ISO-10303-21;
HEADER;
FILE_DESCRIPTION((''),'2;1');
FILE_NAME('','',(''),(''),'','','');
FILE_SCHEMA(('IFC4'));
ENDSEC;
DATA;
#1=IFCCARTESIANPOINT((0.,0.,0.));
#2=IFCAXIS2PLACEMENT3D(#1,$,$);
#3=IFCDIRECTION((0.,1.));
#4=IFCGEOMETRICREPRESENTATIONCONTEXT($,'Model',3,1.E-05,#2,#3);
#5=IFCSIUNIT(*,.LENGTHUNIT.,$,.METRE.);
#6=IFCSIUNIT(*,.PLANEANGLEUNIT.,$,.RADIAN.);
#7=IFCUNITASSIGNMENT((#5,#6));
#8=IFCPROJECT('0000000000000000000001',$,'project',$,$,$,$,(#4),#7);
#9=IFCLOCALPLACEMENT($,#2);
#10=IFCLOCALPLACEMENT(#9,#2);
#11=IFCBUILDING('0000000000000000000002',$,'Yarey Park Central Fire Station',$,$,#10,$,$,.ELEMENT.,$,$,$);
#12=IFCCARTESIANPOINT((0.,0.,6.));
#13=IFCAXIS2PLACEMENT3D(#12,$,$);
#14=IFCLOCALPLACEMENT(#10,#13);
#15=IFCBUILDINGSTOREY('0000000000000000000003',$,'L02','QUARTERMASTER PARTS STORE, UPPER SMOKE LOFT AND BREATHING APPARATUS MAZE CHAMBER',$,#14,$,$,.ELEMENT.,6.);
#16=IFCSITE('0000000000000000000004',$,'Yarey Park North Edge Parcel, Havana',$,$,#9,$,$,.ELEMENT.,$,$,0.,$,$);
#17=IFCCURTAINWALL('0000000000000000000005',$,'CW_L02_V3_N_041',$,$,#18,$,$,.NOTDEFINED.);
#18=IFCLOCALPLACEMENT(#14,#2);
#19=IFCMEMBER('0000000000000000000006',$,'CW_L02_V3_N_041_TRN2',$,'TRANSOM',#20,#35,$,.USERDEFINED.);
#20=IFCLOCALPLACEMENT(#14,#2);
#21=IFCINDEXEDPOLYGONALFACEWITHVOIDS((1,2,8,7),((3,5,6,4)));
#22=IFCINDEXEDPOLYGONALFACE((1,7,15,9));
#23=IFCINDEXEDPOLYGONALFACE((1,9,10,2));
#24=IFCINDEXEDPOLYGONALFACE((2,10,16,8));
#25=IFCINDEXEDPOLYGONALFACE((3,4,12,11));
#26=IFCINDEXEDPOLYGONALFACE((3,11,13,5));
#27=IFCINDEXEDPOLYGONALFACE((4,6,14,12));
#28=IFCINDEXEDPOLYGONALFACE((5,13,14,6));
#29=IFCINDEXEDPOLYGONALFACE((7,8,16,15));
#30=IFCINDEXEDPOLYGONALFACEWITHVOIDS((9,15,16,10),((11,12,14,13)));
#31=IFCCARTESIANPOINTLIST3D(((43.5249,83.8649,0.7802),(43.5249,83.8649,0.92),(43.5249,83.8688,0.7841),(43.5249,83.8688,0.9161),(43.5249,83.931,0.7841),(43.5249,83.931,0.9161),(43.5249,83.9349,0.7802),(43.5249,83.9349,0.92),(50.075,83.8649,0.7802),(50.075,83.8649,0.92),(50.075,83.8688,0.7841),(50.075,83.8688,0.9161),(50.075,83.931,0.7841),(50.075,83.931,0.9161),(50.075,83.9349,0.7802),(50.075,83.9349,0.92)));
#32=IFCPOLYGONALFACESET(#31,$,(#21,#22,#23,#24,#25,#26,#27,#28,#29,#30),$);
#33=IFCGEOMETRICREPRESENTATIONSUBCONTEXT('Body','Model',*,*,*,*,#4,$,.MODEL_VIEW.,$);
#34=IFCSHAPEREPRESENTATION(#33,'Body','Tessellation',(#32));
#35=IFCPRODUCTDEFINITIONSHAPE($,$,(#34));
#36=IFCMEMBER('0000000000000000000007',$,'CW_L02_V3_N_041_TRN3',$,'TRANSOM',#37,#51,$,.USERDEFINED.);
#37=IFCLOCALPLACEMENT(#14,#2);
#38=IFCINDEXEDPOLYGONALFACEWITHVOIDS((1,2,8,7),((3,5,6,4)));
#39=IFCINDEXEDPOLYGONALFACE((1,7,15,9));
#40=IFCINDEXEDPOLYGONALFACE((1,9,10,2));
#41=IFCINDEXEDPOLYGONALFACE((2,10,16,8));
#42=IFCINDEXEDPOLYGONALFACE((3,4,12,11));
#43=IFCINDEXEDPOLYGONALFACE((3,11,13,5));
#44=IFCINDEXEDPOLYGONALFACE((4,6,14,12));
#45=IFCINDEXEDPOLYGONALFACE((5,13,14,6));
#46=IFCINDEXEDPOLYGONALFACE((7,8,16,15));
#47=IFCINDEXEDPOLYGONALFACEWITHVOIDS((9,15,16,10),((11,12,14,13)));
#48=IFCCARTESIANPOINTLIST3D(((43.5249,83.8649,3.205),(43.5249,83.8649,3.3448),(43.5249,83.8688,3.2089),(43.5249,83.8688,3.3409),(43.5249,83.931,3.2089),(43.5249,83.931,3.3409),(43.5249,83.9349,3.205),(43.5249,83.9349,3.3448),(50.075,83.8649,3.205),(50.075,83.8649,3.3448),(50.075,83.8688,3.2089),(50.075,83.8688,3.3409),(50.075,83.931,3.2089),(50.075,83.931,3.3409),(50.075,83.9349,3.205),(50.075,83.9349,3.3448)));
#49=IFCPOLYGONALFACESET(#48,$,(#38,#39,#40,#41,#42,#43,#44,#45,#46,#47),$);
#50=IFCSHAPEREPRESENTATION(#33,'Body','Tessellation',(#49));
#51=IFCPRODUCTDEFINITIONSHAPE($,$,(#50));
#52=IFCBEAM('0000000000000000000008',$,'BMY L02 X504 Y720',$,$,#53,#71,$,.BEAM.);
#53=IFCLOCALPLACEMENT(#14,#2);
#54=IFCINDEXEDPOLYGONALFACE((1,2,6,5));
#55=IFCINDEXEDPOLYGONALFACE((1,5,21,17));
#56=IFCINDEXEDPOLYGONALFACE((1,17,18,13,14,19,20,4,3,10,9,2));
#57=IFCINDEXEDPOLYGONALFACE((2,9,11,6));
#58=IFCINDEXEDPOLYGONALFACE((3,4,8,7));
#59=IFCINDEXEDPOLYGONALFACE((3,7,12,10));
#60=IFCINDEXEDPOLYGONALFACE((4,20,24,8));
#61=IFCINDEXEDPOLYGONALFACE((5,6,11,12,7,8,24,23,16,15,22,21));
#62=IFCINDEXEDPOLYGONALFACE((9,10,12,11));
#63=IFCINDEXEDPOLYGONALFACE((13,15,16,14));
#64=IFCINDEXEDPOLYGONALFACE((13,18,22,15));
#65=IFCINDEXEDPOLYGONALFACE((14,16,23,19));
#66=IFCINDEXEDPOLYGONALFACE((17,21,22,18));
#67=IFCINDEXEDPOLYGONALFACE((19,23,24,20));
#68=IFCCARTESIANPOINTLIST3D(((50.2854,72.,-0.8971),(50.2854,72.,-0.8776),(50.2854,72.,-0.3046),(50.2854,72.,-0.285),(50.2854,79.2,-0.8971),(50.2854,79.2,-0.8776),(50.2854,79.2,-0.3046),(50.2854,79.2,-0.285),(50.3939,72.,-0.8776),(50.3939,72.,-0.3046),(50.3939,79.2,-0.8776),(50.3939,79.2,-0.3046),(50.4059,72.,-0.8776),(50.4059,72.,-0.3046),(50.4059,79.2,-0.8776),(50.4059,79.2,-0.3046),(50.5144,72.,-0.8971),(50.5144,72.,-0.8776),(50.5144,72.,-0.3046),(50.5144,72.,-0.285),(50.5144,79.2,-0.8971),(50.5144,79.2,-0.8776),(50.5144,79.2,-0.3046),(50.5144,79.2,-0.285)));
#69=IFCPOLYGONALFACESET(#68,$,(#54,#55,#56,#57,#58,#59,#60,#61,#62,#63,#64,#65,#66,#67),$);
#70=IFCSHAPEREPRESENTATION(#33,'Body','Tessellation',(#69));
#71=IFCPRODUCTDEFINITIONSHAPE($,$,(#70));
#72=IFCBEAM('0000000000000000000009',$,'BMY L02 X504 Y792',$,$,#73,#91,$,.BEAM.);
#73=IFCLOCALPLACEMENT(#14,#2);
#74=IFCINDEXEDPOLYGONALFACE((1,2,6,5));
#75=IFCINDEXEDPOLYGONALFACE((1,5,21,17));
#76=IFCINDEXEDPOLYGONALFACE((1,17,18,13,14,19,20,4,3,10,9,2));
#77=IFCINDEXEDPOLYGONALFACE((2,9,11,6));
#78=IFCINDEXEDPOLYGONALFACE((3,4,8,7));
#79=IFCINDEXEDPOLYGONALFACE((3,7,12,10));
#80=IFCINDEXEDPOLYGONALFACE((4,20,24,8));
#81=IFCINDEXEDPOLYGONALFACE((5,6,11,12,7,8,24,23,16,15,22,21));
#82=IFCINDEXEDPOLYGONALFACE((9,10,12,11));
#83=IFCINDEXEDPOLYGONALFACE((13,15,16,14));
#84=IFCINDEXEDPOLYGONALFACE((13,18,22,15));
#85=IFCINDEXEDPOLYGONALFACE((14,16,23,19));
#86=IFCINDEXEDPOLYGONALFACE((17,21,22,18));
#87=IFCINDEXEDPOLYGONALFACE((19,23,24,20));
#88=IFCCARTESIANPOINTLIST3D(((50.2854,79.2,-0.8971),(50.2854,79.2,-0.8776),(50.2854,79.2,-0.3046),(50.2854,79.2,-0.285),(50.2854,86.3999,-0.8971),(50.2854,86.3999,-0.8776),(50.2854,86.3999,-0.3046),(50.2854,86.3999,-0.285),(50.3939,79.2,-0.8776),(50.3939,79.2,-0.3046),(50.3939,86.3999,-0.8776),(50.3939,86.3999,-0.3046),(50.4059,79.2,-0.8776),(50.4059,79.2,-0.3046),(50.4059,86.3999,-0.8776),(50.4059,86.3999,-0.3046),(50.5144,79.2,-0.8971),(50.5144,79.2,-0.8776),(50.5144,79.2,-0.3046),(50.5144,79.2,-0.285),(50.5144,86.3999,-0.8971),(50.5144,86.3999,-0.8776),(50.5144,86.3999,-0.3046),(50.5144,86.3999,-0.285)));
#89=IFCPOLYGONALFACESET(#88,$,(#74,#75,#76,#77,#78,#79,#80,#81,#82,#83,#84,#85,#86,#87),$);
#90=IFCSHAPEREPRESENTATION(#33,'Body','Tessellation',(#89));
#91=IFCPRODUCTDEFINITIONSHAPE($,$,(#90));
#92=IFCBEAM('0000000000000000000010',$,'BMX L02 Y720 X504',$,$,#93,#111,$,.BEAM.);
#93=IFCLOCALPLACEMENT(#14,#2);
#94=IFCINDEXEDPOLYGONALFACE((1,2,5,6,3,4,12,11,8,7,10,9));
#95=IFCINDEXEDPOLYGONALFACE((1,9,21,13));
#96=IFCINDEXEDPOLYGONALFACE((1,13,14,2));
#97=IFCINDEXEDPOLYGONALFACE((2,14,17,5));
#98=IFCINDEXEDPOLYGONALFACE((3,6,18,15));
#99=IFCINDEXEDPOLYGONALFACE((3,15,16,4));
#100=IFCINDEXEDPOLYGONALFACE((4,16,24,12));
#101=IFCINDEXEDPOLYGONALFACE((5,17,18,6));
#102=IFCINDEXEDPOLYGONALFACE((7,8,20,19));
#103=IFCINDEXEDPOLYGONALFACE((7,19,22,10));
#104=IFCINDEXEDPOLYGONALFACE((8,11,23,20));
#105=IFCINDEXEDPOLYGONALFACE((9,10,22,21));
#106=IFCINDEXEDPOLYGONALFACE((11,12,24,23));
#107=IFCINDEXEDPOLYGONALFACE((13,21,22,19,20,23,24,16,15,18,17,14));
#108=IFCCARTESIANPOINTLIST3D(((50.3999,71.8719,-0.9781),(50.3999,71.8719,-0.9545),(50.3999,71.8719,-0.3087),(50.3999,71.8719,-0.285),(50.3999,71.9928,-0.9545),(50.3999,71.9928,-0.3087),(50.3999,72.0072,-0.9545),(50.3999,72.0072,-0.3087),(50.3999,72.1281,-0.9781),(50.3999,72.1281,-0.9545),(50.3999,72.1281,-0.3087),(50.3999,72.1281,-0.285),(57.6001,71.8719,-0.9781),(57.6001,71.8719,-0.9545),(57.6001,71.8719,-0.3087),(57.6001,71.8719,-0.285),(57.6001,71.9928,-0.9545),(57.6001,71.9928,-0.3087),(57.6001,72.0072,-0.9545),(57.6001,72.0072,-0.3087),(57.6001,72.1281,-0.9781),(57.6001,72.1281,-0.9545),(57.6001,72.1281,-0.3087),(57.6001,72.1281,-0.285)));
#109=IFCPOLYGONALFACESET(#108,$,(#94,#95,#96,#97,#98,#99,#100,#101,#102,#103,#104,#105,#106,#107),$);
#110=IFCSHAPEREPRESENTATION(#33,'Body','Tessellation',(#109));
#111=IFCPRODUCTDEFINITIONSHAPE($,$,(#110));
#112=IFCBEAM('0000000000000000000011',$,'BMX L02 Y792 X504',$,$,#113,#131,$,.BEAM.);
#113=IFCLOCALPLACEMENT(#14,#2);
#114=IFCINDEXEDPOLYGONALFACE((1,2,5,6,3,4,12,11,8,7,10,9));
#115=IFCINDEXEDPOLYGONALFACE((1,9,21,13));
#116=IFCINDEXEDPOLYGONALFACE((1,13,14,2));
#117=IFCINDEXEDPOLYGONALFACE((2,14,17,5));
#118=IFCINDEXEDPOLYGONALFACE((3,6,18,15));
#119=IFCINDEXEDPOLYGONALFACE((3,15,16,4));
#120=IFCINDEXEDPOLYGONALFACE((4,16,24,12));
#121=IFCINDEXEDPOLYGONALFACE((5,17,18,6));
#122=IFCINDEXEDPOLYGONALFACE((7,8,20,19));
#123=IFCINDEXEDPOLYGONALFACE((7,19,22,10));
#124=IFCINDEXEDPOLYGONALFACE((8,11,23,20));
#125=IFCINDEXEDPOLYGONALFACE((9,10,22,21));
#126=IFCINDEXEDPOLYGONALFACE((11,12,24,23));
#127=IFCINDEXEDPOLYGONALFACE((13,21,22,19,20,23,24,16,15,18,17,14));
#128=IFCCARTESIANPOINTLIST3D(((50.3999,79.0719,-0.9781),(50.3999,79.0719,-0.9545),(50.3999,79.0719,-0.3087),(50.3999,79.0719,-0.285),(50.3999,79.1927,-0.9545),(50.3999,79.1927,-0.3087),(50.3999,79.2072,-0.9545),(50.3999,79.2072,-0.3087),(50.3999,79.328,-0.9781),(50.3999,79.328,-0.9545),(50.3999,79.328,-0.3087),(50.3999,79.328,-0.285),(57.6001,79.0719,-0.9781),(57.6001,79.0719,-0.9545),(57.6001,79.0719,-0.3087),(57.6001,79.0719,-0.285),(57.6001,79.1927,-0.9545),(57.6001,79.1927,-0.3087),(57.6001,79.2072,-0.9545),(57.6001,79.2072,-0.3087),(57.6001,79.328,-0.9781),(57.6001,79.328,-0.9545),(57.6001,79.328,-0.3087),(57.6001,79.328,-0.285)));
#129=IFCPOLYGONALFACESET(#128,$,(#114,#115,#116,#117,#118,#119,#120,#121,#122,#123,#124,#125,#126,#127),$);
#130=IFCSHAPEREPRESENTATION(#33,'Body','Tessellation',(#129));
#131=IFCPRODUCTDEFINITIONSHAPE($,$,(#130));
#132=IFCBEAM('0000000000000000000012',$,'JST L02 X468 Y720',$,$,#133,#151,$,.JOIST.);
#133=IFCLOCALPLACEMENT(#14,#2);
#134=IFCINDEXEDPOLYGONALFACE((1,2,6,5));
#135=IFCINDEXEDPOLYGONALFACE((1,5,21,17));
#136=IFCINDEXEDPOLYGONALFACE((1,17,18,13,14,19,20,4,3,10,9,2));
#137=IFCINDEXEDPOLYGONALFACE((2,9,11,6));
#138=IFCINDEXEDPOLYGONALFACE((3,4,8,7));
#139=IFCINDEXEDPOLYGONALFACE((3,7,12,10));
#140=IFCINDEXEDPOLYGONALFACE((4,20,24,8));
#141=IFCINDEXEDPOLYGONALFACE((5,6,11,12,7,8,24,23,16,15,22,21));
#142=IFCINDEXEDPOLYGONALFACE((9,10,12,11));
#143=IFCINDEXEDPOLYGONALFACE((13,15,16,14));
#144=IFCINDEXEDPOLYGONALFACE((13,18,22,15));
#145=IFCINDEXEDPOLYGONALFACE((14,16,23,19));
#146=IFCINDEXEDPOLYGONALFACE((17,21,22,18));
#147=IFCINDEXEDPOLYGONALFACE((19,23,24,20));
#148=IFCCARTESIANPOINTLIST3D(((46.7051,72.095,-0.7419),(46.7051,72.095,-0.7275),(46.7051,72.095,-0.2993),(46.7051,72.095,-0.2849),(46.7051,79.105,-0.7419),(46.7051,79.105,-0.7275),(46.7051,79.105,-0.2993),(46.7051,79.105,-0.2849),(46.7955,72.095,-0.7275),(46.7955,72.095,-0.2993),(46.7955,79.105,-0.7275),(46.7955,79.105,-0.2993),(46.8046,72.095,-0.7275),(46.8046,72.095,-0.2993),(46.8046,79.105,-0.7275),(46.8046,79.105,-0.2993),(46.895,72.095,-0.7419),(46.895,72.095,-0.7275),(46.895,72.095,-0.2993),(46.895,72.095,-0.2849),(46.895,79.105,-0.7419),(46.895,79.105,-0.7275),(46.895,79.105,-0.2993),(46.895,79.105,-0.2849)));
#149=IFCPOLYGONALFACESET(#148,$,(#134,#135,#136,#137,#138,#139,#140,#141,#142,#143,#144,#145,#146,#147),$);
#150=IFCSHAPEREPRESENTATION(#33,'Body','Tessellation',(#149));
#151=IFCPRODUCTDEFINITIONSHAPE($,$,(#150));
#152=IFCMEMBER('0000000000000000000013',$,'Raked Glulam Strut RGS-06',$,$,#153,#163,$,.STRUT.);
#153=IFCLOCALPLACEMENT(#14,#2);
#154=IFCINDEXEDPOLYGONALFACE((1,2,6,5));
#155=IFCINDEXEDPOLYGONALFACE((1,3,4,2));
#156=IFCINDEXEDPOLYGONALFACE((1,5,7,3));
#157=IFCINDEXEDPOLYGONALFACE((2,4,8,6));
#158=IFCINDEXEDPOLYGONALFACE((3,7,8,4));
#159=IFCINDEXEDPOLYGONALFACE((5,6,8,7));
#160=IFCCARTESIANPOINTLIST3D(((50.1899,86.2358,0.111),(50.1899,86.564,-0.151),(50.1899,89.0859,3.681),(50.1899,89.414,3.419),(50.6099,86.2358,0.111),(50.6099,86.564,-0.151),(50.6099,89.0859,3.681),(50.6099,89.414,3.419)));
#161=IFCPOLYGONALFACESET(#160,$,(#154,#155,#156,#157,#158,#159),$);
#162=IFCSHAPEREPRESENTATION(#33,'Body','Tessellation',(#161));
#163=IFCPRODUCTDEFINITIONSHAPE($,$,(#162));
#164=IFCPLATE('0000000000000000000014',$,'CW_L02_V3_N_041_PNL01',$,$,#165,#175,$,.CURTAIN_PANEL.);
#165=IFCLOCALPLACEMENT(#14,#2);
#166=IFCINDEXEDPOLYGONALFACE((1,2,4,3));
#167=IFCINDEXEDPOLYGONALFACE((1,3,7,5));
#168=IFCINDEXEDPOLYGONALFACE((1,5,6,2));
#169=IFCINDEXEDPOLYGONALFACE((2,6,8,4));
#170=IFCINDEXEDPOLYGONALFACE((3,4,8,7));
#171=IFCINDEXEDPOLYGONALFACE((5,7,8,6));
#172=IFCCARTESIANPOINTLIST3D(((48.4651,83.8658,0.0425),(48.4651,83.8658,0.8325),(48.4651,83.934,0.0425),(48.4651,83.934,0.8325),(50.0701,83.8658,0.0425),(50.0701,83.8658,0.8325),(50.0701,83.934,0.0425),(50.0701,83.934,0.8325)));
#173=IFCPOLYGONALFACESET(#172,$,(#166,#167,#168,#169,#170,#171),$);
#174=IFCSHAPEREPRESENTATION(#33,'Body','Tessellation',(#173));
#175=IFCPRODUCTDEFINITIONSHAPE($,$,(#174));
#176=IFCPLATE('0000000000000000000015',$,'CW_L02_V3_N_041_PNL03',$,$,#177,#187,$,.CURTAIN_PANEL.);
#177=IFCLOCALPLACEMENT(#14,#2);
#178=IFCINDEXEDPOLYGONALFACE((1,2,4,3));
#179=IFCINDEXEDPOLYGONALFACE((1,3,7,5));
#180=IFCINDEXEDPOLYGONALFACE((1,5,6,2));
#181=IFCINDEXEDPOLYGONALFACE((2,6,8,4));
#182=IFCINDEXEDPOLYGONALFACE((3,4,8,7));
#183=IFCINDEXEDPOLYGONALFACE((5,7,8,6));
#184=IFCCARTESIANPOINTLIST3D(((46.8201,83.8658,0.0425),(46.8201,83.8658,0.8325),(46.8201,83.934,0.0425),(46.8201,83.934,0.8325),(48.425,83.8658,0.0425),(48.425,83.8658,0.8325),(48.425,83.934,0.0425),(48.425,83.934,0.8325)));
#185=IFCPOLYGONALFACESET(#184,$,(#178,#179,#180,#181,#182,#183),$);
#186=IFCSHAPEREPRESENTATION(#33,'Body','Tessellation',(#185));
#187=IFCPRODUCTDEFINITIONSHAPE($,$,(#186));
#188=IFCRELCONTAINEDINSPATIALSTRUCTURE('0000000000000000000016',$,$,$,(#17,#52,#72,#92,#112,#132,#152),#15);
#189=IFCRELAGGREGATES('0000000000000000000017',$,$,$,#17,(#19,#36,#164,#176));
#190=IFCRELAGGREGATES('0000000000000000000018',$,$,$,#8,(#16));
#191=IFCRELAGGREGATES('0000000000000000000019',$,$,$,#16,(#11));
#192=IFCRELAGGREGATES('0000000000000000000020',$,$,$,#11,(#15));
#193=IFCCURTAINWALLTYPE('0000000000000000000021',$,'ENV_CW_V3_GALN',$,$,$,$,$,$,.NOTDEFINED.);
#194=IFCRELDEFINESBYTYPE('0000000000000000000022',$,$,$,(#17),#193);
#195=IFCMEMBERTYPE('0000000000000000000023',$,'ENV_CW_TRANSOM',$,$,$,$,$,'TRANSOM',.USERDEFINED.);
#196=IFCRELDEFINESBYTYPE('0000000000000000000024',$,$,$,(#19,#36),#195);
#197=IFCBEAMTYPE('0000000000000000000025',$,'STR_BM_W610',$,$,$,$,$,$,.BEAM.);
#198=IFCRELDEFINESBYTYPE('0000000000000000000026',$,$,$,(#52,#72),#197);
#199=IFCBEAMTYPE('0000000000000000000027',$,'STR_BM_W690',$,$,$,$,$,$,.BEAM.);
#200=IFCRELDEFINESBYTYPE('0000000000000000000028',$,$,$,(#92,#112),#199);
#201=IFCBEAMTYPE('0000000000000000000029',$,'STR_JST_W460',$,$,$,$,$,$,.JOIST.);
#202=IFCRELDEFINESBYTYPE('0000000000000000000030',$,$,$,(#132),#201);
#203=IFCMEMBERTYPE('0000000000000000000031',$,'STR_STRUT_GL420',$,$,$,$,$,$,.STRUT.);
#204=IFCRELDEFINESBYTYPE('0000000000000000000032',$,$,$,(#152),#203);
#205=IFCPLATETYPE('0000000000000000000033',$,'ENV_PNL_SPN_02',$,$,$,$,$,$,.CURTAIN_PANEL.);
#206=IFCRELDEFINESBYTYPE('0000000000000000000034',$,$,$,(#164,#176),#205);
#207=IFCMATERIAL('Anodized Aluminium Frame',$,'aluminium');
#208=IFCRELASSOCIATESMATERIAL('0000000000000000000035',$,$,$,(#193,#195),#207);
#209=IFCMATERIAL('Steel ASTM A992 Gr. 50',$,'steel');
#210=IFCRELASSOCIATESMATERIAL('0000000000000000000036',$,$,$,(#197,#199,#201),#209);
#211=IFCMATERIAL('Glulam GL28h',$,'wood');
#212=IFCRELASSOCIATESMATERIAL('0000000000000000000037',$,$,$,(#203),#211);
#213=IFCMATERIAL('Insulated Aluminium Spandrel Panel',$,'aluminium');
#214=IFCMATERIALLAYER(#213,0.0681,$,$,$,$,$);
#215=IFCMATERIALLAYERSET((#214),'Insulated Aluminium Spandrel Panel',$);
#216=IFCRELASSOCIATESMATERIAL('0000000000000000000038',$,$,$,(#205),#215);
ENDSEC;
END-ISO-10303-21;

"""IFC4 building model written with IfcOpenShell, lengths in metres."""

from ifc_helpers import new_model, si_unit, direction, frame, origin, origin_2d, place, context, subcontext, project, spatial, rectangle, hollow_rectangle, i_section, extrude, material, layer, layer_set, material_profile, profile_set, type_object, element, aggregate, save


model = new_model("IFC4")

# Units and contexts
model_context = context("Model", 3, precision=1e-05, world=origin(), true_north=direction((0.0, 1.0)))
body_context = subcontext(model_context, "Body", "Model", "MODEL_VIEW")
ifc_project = project(units=[si_unit("LENGTHUNIT", "METRE"), si_unit("PLANEANGLEUNIT", "RADIAN")], contexts=[model_context])

# Site, building, storey
site_placement = place(None, origin())
site = spatial("IfcSite", under=ifc_project, at=site_placement, Name="Yarey Park North Edge Parcel, Havana", CompositionType="ELEMENT", RefElevation=0.0)
building_placement = place(site_placement, origin())
building = spatial("IfcBuilding", under=site, at=building_placement, Name="Yarey Park Central Fire Station", CompositionType="ELEMENT")
storey_placement = place(building_placement, frame((0.0, 0.0, 6.0)))
storey = spatial("IfcBuildingStorey", under=building, at=storey_placement, Name="L02", Description="QUARTERMASTER PARTS STORE, UPPER SMOKE LOFT AND BREATHING APPARATUS MAZE CHAMBER", CompositionType="ELEMENT", Elevation=6.0)

# Shared definitions
ifc_material_1 = material(Name="Steel ASTM A992 Gr. 50", Category="steel")

# Curtain wall
ifc_material_2 = material(Name="Anodized Aluminium Frame", Category="aluminium")
curtain_wall_type = type_object("IfcCurtainWallType", Name="ENV_CW_V3_GALN", PredefinedType="NOTDEFINED", material=ifc_material_2)
curtain_wall_1_placement = place(storey_placement, origin())
curtain_wall_1 = element("IfcCurtainWall", 1, at=curtain_wall_1_placement, inside=storey, type_object=curtain_wall_type, Name="CW_L02_V3_N_041", PredefinedType="NOTDEFINED")

# Members
ifc_material_profile_1 = material_profile(ifc_material_2, hollow_rectangle(XDim=0.0701, YDim=0.1399, WallThickness=0.0039, at=origin_2d()), Name="ALU 140x70x4")
ifc_profile_set_1 = profile_set([ifc_material_profile_1], Name="Anodized Aluminium Frame")
member_type_1 = type_object("IfcMemberType", Name="ENV_CW_TRANSOM", ElementType="TRANSOM", PredefinedType="USERDEFINED", material=ifc_profile_set_1)
member_1_placement = place(storey_placement, frame((50.075, 83.8999, 0.8501), z_axis=(-1.0, 0.0, 0.0), x_axis=(0.0, -1.0, 0.0)))
member_1 = element("IfcMember", 2, at=member_1_placement, type_object=member_type_1, Name="CW_L02_V3_N_041_TRN2", ObjectType="TRANSOM", PredefinedType="USERDEFINED", context=body_context, shape_type="SweptSolid", body=[
    extrude(hollow_rectangle(XDim=0.0701, YDim=0.1399, WallThickness=0.0039, at=origin_2d()), origin(), (0.0, 0.0, 1.0), 6.55),
])
member_2_placement = place(storey_placement, frame((50.075, 83.8999, 3.2749), z_axis=(-1.0, 0.0, 0.0), x_axis=(0.0, -1.0, 0.0)))
member_2 = element("IfcMember", 3, at=member_2_placement, type_object=member_type_1, Name="CW_L02_V3_N_041_TRN3", ObjectType="TRANSOM", PredefinedType="USERDEFINED", context=body_context, shape_type="SweptSolid", body=[
    extrude(hollow_rectangle(XDim=0.0701, YDim=0.1399, WallThickness=0.0039, at=origin_2d()), origin(), (0.0, 0.0, 1.0), 6.55),
])

# Beams
ifc_material_profile_2 = material_profile(ifc_material_1, i_section(OverallWidth=0.229, OverallDepth=0.6121, WebThickness=0.012, FlangeThickness=0.0195, at=origin_2d()), Name="W610x125")
ifc_profile_set_2 = profile_set([ifc_material_profile_2], Name="Steel ASTM A992 Gr. 50")
beam_type_1 = type_object("IfcBeamType", Name="STR_BM_W610", PredefinedType="BEAM", material=ifc_profile_set_2)
for number, where, z_axis, x_axis, name in (
    (4, (50.3999, 72.0, -0.5911), (0.0, 1.0, 0.0), (-1.0, 0.0, 0.0), "BMY L02 X504 Y720"),
    (5, (50.3999, 79.2, -0.5911), (0.0, 1.0, 0.0), (-1.0, 0.0, 0.0), "BMY L02 X504 Y792"),
):
    element("IfcBeam", number, at=place(storey_placement, frame(where, z_axis=z_axis, x_axis=x_axis)), inside=storey, type_object=beam_type_1, Name=name, PredefinedType="BEAM", context=body_context, shape_type="SweptSolid", body=[
        extrude(i_section(OverallWidth=0.229, OverallDepth=0.6121, WebThickness=0.012, FlangeThickness=0.0195, at=origin_2d()), origin(), (0.0, 0.0, 1.0), 7.2),
    ])
ifc_material_profile_3 = material_profile(ifc_material_1, i_section(OverallWidth=0.2561, OverallDepth=0.6931, WebThickness=0.0144, FlangeThickness=0.0237, at=origin_2d()), Name="W690x170")
ifc_profile_set_3 = profile_set([ifc_material_profile_3], Name="Steel ASTM A992 Gr. 50")
beam_type_2 = type_object("IfcBeamType", Name="STR_BM_W690", PredefinedType="BEAM", material=ifc_profile_set_3)
for number, where, z_axis, x_axis, name in (
    (6, (50.3999, 72.0, -0.6316), (1.0, 0.0, 0.0), (0.0, 1.0, 0.0), "BMX L02 Y720 X504"),
    (7, (50.3999, 79.2, -0.6316), (1.0, 0.0, 0.0), (0.0, 1.0, 0.0), "BMX L02 Y792 X504"),
):
    element("IfcBeam", number, at=place(storey_placement, frame(where, z_axis=z_axis, x_axis=x_axis)), inside=storey, type_object=beam_type_2, Name=name, PredefinedType="BEAM", context=body_context, shape_type="SweptSolid", body=[
        extrude(i_section(OverallWidth=0.2561, OverallDepth=0.6931, WebThickness=0.0144, FlangeThickness=0.0237, at=origin_2d()), origin(), (0.0, 0.0, 1.0), 7.2002),
    ])
ifc_material_profile_4 = material_profile(ifc_material_1, i_section(OverallWidth=0.1899, OverallDepth=0.457, WebThickness=0.009, FlangeThickness=0.0144, at=origin_2d()), Name="W460x74")
ifc_profile_set_4 = profile_set([ifc_material_profile_4], Name="Steel ASTM A992 Gr. 50")
beam_type_3 = type_object("IfcBeamType", Name="STR_JST_W460", PredefinedType="JOIST", material=ifc_profile_set_4)
beam_placement = place(storey_placement, frame((46.8, 72.095, -0.5134), z_axis=(0.0, 1.0, 0.0), x_axis=(-1.0, 0.0, 0.0)))
element("IfcBeam", 8, at=beam_placement, inside=storey, type_object=beam_type_3, Name="JST L02 X468 Y720", PredefinedType="JOIST", context=body_context, shape_type="SweptSolid", body=[
    extrude(i_section(OverallWidth=0.1899, OverallDepth=0.457, WebThickness=0.009, FlangeThickness=0.0144, at=origin_2d()), origin(), (0.0, 0.0, 1.0), 7.01),
])

# Member
ifc_material_3 = material(Name="Glulam GL28h", Category="wood")
ifc_material_profile_5 = material_profile(ifc_material_3, rectangle(XDim=0.4199, YDim=0.4199, at=origin_2d()), Name="GL 420x420")
ifc_profile_set_5 = profile_set([ifc_material_profile_5], Name="Glulam GL28h")
member_type_2 = type_object("IfcMemberType", Name="STR_STRUT_GL420", PredefinedType="STRUT", material=ifc_profile_set_5)
member_3_placement = place(storey_placement, frame((50.3999, 86.3999, -0.02), z_axis=(0.0, 0.6239, 0.781505), x_axis=(-1.0, 0.0, 0.0)))
element("IfcMember", 9, at=member_3_placement, inside=storey, type_object=member_type_2, Name="Raked Glulam Strut RGS-06", PredefinedType="STRUT", context=body_context, shape_type="SweptSolid", body=[
    extrude(rectangle(XDim=0.4199, YDim=0.4199, at=origin_2d()), origin(), (0.0, 0.0, 1.0), 4.5681),
])

# Plates
ifc_material_4 = material(Name="Insulated Aluminium Spandrel Panel", Category="aluminium")
ifc_layer_1 = layer(ifc_material_4, 0.0681)
ifc_layer_set_1 = layer_set([ifc_layer_1], Name="Insulated Aluminium Spandrel Panel")
plate_type_1 = type_object("IfcPlateType", Name="ENV_PNL_SPN_02", PredefinedType="CURTAIN_PANEL", material=ifc_layer_set_1)
plate_1_placement = place(storey_placement, frame((49.2676, 83.8999, 0.0425), z_axis=(0.0, 0.0, 1.0), x_axis=(-1.0, 0.0, 0.0)))
plate_1 = element("IfcPlate", 10, at=plate_1_placement, type_object=plate_type_1, Name="CW_L02_V3_N_041_PNL01", PredefinedType="CURTAIN_PANEL", context=body_context, shape_type="SweptSolid", body=[
    extrude(rectangle(XDim=1.605, YDim=0.0681, at=origin_2d()), origin(), (0.0, 0.0, 1.0), 0.79),
])
plate_2_placement = place(storey_placement, frame((47.6226, 83.8999, 0.0425), z_axis=(0.0, 0.0, 1.0), x_axis=(-1.0, 0.0, 0.0)))
plate_2 = element("IfcPlate", 11, at=plate_2_placement, type_object=plate_type_1, Name="CW_L02_V3_N_041_PNL03", PredefinedType="CURTAIN_PANEL", context=body_context, shape_type="SweptSolid", body=[
    extrude(rectangle(XDim=1.605, YDim=0.0681, at=origin_2d()), origin(), (0.0, 0.0, 1.0), 0.79),
])
aggregate(curtain_wall_1, [member_1, member_2, plate_1, plate_2])

save(model, "model.ifc")
